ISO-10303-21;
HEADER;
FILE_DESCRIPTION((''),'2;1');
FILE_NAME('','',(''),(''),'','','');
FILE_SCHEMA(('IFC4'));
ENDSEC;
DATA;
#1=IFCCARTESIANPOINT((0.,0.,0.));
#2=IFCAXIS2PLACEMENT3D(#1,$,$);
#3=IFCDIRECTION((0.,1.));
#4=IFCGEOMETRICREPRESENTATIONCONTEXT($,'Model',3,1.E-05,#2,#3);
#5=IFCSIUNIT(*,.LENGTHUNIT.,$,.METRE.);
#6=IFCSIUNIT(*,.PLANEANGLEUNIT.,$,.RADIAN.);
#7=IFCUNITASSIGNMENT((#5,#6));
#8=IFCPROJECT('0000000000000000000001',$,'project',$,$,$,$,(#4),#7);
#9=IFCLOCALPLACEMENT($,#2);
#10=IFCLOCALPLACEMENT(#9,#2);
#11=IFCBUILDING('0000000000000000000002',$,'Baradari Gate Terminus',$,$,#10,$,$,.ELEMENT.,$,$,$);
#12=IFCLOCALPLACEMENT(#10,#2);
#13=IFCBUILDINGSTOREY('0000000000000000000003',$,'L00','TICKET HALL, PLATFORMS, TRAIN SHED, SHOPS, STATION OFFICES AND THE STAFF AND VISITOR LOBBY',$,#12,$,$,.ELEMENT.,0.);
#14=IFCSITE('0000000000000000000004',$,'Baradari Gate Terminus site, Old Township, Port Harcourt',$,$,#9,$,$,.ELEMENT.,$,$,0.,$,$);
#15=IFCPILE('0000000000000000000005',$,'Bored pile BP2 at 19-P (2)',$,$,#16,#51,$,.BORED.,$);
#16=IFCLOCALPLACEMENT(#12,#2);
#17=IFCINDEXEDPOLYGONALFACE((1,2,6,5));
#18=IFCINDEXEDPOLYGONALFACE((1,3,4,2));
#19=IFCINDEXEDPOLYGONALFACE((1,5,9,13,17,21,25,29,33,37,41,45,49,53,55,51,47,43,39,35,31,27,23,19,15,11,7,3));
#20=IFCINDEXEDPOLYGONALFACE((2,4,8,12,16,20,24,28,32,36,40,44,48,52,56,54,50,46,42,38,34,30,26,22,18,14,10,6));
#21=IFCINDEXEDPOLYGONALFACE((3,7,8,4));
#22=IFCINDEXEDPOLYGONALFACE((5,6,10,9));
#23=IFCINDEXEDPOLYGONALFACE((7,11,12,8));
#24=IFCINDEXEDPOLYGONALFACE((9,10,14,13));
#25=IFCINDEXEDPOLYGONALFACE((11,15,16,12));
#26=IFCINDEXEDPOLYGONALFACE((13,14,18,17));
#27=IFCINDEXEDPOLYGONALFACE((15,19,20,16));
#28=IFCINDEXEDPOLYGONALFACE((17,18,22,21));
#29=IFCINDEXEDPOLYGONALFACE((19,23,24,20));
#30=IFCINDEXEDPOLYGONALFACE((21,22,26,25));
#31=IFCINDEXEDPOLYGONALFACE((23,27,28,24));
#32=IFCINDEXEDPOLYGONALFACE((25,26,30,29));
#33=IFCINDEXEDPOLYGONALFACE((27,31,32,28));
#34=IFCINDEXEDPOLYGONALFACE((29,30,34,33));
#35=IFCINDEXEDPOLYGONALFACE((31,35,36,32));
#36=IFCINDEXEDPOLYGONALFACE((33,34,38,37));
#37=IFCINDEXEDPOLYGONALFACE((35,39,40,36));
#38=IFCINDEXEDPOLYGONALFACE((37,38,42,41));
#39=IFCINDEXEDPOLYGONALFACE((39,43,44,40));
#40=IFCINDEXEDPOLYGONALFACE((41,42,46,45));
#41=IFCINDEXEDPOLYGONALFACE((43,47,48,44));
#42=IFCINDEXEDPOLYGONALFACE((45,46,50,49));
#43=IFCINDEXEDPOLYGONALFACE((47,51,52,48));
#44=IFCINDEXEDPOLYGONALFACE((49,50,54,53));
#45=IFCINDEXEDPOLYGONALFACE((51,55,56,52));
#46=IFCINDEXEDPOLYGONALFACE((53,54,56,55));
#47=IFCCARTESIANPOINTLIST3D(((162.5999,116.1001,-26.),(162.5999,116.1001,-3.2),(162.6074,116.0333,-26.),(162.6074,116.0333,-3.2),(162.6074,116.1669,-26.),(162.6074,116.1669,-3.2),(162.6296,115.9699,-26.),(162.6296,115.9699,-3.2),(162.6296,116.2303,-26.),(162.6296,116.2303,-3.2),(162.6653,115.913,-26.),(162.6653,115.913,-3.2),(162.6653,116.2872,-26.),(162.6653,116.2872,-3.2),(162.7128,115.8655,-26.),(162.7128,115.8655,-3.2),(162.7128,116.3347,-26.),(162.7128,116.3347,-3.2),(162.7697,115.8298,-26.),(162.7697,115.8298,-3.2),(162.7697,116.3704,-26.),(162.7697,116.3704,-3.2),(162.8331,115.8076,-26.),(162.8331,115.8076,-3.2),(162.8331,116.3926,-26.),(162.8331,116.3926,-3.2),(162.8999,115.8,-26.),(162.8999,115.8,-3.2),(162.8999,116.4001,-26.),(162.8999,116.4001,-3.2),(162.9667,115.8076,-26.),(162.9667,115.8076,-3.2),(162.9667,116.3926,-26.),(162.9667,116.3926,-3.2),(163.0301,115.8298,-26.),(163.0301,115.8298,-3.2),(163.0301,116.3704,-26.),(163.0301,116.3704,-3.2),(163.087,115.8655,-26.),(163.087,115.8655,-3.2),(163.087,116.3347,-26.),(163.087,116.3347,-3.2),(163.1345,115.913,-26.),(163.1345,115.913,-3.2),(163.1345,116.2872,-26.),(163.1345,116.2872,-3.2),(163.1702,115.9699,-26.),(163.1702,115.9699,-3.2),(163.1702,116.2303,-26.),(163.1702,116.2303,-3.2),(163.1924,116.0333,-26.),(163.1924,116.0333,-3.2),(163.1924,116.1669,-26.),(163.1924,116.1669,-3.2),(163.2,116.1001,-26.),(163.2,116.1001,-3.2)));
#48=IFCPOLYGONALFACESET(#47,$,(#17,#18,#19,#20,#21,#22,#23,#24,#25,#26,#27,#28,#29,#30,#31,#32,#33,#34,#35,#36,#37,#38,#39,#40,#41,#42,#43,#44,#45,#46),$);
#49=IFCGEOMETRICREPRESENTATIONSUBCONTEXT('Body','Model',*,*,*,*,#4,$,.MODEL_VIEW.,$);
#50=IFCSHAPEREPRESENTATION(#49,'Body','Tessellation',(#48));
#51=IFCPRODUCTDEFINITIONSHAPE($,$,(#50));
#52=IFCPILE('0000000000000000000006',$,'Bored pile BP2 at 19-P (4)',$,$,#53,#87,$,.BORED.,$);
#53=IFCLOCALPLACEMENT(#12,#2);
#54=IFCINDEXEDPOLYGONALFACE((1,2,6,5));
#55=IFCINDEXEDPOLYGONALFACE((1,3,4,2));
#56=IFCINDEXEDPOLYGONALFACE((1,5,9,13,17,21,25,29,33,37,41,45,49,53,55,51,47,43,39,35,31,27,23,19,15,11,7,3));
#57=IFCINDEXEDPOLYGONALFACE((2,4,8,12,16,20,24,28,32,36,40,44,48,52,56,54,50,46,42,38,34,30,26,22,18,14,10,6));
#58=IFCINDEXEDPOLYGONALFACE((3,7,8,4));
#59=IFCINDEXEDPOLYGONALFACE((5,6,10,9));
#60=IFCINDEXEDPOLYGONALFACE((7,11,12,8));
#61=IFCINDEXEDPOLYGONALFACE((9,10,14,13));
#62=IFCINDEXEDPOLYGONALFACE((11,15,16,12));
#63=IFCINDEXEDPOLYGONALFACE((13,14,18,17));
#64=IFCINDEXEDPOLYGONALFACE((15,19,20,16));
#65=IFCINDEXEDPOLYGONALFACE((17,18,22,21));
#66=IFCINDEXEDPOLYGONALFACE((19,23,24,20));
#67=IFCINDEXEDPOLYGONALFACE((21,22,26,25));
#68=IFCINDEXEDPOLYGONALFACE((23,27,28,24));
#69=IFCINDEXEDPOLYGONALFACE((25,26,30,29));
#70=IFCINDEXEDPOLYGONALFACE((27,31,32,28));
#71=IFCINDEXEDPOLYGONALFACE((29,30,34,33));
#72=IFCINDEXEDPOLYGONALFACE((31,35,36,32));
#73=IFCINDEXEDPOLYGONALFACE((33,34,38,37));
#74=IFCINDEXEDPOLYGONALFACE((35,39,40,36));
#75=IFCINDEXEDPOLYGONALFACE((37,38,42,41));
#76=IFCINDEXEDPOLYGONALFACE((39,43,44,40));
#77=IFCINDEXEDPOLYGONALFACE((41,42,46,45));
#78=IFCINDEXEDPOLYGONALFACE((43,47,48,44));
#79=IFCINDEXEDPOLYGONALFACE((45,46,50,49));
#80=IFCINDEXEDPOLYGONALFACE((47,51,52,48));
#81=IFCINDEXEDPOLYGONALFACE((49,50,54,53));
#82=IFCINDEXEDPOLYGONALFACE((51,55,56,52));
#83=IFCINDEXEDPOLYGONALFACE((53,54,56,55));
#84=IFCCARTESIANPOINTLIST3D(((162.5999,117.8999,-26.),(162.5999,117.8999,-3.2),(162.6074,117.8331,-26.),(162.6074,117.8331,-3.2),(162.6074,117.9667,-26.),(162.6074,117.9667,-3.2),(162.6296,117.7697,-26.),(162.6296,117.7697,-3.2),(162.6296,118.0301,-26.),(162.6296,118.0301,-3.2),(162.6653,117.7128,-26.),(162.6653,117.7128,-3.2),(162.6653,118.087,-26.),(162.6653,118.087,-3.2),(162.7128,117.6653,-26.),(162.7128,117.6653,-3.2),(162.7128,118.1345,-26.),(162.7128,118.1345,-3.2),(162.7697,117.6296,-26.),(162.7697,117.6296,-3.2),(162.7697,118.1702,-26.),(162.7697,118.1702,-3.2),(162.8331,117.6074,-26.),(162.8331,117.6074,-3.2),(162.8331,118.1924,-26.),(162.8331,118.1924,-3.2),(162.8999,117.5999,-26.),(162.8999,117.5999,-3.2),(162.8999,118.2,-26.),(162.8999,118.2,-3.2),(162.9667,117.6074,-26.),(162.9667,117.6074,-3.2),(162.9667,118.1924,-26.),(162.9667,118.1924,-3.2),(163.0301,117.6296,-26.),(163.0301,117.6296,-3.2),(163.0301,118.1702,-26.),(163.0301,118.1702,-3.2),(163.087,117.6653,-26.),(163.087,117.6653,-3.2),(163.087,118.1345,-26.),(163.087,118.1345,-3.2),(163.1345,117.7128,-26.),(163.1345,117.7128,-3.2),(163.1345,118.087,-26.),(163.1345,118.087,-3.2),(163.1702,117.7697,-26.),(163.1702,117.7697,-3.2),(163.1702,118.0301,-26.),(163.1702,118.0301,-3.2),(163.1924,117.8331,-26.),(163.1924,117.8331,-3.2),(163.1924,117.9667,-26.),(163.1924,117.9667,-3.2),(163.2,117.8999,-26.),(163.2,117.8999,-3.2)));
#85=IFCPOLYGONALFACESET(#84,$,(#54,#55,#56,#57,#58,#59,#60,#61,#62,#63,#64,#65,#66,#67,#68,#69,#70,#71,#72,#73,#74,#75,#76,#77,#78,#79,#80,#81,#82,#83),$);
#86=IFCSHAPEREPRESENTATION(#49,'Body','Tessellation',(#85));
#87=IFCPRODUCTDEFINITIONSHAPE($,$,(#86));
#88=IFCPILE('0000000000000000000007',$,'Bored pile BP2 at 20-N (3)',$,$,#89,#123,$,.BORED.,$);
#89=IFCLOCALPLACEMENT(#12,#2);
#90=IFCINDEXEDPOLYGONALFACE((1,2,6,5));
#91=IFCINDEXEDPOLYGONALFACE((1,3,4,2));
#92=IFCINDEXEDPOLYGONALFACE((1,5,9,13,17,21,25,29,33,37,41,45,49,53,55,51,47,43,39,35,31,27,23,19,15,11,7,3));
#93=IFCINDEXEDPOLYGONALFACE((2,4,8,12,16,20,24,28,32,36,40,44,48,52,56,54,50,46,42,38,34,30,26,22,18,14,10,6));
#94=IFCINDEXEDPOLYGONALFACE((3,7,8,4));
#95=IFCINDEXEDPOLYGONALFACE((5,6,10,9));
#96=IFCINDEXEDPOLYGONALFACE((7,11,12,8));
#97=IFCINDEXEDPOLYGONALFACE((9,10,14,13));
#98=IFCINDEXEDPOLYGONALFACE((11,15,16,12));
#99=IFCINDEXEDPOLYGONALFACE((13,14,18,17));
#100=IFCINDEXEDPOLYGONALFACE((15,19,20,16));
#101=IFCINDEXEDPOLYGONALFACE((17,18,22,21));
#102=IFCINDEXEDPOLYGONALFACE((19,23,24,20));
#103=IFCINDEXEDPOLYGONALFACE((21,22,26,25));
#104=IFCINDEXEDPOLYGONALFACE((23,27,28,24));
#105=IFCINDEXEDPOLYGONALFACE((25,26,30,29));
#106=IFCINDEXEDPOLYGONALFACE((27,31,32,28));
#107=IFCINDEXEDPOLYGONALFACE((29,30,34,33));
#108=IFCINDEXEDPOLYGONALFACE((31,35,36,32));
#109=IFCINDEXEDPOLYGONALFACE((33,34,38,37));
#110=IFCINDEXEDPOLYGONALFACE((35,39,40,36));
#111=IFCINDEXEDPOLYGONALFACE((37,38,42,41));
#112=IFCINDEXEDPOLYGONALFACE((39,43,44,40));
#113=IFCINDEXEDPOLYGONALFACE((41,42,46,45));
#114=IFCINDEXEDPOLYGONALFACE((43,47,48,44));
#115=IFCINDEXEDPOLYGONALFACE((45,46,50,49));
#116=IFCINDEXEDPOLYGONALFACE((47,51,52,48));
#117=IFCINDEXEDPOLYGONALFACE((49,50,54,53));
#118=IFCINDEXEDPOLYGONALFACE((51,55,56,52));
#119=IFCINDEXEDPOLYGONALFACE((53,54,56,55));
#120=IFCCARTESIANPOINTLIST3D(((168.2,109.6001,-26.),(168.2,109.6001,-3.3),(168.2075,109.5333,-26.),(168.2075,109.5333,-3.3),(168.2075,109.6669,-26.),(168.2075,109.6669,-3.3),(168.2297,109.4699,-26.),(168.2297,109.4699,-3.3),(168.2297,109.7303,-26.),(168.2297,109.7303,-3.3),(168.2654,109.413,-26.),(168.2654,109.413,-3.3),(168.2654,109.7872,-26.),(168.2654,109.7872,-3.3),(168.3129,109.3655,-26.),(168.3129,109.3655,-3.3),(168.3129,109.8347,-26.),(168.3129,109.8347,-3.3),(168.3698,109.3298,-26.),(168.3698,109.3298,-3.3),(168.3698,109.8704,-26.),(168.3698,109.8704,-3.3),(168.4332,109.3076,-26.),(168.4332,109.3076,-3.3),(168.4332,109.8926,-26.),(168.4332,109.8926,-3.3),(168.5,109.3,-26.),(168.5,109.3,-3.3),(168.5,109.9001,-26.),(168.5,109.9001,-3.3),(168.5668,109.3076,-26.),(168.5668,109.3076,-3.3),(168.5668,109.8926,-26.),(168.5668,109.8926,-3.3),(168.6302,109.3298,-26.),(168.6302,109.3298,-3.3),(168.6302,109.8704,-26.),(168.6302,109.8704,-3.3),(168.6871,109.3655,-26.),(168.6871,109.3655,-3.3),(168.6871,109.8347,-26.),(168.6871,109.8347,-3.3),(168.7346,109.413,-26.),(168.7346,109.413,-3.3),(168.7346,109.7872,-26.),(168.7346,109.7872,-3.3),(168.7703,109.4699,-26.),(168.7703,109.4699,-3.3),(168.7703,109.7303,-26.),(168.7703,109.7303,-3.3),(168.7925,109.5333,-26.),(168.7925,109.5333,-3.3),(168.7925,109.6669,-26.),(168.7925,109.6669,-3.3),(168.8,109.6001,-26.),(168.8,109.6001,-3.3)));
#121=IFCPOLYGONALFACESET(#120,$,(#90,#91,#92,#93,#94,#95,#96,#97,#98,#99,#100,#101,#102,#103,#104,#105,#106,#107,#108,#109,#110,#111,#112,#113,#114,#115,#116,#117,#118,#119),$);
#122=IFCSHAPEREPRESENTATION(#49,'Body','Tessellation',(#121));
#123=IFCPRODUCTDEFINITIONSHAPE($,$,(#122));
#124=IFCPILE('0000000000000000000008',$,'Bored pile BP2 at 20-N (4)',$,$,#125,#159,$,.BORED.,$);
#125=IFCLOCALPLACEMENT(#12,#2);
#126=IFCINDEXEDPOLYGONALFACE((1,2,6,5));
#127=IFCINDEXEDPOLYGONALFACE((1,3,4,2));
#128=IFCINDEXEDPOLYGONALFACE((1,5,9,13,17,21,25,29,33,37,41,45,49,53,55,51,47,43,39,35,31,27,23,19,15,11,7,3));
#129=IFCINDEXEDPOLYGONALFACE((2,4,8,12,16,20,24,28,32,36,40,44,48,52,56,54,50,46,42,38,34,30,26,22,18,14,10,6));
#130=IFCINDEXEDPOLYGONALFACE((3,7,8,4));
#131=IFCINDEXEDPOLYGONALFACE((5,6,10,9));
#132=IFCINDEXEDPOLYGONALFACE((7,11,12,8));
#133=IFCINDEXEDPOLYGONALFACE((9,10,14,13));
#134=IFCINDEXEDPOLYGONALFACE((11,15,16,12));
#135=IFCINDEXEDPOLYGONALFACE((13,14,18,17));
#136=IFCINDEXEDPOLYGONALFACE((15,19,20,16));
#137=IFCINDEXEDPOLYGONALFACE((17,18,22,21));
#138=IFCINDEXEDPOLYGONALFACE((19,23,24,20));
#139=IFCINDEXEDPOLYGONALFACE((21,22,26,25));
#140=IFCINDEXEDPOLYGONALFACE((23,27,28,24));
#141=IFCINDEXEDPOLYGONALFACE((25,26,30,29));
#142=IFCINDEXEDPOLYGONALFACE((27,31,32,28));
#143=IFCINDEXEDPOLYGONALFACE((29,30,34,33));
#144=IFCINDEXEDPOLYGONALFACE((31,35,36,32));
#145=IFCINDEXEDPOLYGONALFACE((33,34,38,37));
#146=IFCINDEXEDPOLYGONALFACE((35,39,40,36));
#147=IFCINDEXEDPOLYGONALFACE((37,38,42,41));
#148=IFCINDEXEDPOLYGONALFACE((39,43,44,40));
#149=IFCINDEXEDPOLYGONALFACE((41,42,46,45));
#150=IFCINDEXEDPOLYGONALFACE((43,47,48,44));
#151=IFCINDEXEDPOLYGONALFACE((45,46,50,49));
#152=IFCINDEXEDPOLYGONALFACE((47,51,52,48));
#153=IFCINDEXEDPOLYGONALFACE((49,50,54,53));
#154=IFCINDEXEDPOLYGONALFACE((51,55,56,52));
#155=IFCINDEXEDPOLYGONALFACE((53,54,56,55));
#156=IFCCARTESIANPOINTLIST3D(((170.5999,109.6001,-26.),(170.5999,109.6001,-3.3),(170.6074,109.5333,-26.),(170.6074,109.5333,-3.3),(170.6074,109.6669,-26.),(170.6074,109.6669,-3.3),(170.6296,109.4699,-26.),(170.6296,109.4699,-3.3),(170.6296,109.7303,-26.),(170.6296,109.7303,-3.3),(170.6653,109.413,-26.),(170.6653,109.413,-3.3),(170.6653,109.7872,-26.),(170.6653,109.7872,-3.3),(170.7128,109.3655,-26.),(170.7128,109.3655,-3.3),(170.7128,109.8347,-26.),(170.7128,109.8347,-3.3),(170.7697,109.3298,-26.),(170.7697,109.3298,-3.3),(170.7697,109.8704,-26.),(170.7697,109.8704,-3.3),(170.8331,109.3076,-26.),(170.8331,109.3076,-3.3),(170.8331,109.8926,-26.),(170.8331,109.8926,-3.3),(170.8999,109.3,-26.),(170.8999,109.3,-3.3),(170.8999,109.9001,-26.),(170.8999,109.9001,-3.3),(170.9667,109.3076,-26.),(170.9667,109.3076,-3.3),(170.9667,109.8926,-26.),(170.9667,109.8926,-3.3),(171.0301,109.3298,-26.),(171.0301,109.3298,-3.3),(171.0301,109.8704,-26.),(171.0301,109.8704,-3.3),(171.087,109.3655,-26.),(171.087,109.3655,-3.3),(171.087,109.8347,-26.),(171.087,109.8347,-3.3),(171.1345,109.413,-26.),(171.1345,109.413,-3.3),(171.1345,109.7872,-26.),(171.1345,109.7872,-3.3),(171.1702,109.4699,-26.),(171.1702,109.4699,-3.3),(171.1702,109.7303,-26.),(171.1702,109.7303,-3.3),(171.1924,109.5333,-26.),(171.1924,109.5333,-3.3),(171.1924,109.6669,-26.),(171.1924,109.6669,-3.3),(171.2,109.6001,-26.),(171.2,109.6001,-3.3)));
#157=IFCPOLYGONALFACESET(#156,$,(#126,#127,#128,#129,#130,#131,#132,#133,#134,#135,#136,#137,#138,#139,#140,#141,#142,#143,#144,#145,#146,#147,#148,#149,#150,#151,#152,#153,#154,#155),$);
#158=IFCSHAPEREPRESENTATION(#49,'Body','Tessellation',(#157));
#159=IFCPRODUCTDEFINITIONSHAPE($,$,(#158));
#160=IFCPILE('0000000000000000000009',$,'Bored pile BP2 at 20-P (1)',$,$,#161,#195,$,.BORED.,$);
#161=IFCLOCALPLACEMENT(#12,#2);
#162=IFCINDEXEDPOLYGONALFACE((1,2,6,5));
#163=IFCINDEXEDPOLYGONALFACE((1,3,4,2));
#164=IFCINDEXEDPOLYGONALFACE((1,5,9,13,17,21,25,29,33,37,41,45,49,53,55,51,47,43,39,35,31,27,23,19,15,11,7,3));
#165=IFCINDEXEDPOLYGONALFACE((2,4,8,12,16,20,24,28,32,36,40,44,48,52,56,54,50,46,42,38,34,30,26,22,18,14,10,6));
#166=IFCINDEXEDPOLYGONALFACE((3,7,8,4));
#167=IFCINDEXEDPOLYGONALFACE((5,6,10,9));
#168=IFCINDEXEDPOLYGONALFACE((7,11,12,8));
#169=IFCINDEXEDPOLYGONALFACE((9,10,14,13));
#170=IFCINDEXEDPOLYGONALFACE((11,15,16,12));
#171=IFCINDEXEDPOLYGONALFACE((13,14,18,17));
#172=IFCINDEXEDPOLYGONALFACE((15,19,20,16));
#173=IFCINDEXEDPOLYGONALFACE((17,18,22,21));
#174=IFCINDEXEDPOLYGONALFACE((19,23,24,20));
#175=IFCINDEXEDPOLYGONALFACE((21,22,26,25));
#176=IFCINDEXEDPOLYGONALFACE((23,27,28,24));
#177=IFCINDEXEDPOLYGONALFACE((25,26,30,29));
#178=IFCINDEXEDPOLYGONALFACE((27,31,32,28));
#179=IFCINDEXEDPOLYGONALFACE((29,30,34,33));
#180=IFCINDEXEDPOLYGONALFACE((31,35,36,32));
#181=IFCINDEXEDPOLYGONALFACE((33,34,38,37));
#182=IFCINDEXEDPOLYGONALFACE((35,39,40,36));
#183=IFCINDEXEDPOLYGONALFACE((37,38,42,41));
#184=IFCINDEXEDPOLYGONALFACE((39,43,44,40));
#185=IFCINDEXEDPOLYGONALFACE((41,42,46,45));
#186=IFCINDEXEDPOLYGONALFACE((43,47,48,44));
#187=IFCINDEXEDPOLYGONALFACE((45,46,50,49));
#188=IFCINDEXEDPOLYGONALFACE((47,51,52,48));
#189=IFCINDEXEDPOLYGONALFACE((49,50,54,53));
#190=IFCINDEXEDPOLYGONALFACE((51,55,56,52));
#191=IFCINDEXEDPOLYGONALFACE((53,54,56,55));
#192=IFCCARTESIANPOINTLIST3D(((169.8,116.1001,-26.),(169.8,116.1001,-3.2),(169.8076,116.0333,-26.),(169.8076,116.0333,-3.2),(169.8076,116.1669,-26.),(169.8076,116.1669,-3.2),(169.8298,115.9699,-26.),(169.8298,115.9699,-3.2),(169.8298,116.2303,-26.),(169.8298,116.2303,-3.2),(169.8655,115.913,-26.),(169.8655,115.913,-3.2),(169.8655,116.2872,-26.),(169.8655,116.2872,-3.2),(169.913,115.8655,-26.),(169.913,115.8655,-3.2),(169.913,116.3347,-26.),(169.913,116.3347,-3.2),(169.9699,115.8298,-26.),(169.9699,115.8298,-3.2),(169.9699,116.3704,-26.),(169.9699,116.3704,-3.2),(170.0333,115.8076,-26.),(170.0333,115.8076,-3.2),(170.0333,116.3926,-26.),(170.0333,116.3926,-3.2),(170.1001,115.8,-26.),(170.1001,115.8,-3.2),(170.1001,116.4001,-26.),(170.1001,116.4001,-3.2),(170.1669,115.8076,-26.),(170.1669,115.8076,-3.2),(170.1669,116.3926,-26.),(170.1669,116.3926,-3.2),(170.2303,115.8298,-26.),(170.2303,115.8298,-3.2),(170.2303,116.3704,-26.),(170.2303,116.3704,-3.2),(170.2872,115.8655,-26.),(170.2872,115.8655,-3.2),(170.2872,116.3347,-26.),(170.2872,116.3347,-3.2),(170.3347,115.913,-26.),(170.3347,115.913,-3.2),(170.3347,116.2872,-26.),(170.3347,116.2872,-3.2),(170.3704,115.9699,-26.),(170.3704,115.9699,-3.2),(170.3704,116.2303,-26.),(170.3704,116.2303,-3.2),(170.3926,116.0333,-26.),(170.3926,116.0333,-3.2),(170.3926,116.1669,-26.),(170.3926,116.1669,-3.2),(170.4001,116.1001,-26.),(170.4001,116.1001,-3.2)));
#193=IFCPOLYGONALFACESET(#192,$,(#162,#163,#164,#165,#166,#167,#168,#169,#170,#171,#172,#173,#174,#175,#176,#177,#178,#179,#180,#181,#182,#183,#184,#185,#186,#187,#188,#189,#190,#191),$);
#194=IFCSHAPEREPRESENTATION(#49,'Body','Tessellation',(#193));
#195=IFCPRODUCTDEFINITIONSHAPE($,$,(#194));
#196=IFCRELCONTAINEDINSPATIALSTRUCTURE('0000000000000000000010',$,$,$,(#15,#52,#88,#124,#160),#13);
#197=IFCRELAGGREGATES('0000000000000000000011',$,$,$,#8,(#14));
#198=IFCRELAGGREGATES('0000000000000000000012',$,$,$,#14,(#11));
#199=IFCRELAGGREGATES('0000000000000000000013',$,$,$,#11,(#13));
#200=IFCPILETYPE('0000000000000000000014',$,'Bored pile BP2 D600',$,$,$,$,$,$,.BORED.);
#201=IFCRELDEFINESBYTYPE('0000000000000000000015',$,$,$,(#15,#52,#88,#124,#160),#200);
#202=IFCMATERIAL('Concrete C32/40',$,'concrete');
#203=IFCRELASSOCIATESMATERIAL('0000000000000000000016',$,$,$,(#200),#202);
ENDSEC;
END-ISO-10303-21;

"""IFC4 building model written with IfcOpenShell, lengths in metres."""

from ifc_helpers import new_model, si_unit, direction, frame, origin, origin_2d, place, context, subcontext, project, spatial, circle, extrude, material, type_object, element, save


model = new_model("IFC4")

# Units and contexts
model_context = context("Model", 3, precision=1e-05, world=origin(), true_north=direction((0.0, 1.0)))
body_context = subcontext(model_context, "Body", "Model", "MODEL_VIEW")
ifc_project = project(units=[si_unit("LENGTHUNIT", "METRE"), si_unit("PLANEANGLEUNIT", "RADIAN")], contexts=[model_context])

# Site, building, storey
site_placement = place(None, origin())
site = spatial("IfcSite", under=ifc_project, at=site_placement, Name="Baradari Gate Terminus site, Old Township, Port Harcourt", CompositionType="ELEMENT", RefElevation=0.0)
building_placement = place(site_placement, origin())
building = spatial("IfcBuilding", under=site, at=building_placement, Name="Baradari Gate Terminus", CompositionType="ELEMENT")
storey_placement = place(building_placement, origin())
storey = spatial("IfcBuildingStorey", under=building, at=storey_placement, Name="L00", Description="TICKET HALL, PLATFORMS, TRAIN SHED, SHOPS, STATION OFFICES AND THE STAFF AND VISITOR LOBBY", CompositionType="ELEMENT", Elevation=0.0)

# Piles
ifc_material_1 = material(Name="Concrete C32/40", Category="concrete")
pile_type_1 = type_object("IfcPileType", Name="Bored pile BP2 D600", PredefinedType="BORED", material=ifc_material_1)
for number, where, z_axis, x_axis, name in (
    (1, (162.8999, 116.1001, -3.2), (0.0, 0.0, -1.0), (1.0, 0.0, 0.0), "Bored pile BP2 at 19-P (2)"),
    (2, (162.8999, 117.8999, -3.2), (0.0, 0.0, -1.0), (1.0, 0.0, 0.0), "Bored pile BP2 at 19-P (4)"),
):
    element("IfcPile", number, at=place(storey_placement, frame(where, z_axis=z_axis, x_axis=x_axis)), inside=storey, type_object=pile_type_1, Name=name, PredefinedType="BORED", context=body_context, shape_type="SweptSolid", body=[
        extrude(circle(Radius=0.3, at=origin_2d()), origin(), (0.0, 0.0, 1.0), 22.8),
    ])
for number, where, z_axis, x_axis, name in (
    (3, (168.5, 109.6001, -3.3), (0.0, 0.0, -1.0), (1.0, 0.0, 0.0), "Bored pile BP2 at 20-N (3)"),
    (4, (170.8999, 109.6001, -3.3), (0.0, 0.0, -1.0), (1.0, 0.0, 0.0), "Bored pile BP2 at 20-N (4)"),
):
    element("IfcPile", number, at=place(storey_placement, frame(where, z_axis=z_axis, x_axis=x_axis)), inside=storey, type_object=pile_type_1, Name=name, PredefinedType="BORED", context=body_context, shape_type="SweptSolid", body=[
        extrude(circle(Radius=0.3, at=origin_2d()), origin(), (0.0, 0.0, 1.0), 22.7),
    ])
for number, where, z_axis, x_axis, name in (
    (5, (170.1001, 116.1001, -3.2), (0.0, 0.0, -1.0), (1.0, 0.0, 0.0), "Bored pile BP2 at 20-P (1)"),
):
    element("IfcPile", number, at=place(storey_placement, frame(where, z_axis=z_axis, x_axis=x_axis)), inside=storey, type_object=pile_type_1, Name=name, PredefinedType="BORED", context=body_context, shape_type="SweptSolid", body=[
        extrude(circle(Radius=0.3, at=origin_2d()), origin(), (0.0, 0.0, 1.0), 22.8),
    ])

save(model, "model.ifc")
